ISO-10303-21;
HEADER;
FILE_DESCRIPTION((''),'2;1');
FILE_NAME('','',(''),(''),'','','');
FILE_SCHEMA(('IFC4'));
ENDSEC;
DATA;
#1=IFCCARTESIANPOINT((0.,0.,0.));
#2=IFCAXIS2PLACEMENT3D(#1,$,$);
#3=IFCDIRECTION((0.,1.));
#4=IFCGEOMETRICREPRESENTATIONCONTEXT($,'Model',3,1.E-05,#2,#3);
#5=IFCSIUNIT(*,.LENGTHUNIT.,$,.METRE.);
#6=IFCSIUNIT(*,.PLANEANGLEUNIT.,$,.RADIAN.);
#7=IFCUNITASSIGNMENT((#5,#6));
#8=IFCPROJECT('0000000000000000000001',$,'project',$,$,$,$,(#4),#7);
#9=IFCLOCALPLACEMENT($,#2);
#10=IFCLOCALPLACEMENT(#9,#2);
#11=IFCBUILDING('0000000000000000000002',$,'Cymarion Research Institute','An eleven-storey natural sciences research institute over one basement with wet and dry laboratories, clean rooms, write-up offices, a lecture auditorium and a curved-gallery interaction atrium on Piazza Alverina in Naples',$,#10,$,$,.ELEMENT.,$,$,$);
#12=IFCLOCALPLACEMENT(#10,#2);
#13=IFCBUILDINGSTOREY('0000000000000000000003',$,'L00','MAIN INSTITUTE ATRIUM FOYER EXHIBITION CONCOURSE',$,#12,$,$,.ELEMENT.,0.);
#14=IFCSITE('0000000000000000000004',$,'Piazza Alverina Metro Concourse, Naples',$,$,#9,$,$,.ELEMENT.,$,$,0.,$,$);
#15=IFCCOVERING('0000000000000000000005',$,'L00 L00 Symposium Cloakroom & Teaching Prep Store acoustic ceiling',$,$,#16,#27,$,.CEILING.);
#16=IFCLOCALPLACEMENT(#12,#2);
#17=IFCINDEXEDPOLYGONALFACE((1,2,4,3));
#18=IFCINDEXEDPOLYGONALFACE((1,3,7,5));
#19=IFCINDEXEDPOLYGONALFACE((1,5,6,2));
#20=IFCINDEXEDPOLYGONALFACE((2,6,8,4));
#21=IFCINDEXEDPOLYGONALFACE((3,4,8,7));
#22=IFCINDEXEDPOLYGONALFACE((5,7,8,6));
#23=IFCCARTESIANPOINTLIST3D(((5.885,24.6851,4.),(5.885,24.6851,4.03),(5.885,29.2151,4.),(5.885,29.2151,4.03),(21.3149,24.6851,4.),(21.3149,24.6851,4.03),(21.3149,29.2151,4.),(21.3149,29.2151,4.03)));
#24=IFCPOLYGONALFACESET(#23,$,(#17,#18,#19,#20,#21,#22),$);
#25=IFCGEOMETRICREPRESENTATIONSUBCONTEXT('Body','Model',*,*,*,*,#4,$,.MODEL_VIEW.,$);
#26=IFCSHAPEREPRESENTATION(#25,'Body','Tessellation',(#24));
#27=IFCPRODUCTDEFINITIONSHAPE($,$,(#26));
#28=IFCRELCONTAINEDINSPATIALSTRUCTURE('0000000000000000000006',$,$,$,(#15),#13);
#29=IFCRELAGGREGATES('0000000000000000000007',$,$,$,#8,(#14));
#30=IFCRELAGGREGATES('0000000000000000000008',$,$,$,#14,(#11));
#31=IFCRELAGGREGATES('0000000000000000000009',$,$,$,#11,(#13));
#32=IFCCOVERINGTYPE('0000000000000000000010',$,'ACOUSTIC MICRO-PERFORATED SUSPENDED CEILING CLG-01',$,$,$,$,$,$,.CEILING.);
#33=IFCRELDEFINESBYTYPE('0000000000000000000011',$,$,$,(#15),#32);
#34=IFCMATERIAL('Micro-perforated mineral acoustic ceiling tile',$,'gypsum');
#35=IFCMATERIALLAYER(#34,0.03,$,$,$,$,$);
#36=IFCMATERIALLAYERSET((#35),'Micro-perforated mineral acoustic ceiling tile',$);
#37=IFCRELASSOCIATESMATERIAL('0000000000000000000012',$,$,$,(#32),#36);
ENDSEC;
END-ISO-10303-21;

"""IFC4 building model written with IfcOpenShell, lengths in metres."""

from ifc_helpers import new_model, si_unit, direction, frame, origin, place, context, subcontext, project, spatial, polyline, outline, extrude, material, layer, layer_set, type_object, element, save


model = new_model("IFC4")

# Units and contexts
model_context = context("Model", 3, precision=1e-05, world=origin(), true_north=direction((0.0, 1.0)))
body_context = subcontext(model_context, "Body", "Model", "MODEL_VIEW")
ifc_project = project(units=[si_unit("LENGTHUNIT", "METRE"), si_unit("PLANEANGLEUNIT", "RADIAN")], contexts=[model_context])

# Site, building, storey
site_placement = place(None, origin())
site = spatial("IfcSite", under=ifc_project, at=site_placement, Name="Piazza Alverina Metro Concourse, Naples", CompositionType="ELEMENT", RefElevation=0.0)
building_placement = place(site_placement, origin())
building = spatial("IfcBuilding", under=site, at=building_placement, Name="Cymarion Research Institute", Description="An eleven-storey natural sciences research institute over one basement with wet and dry laboratories, clean rooms, write-up offices, a lecture auditorium and a curved-gallery interaction atrium on Piazza Alverina in Naples", CompositionType="ELEMENT")
storey_placement = place(building_placement, origin())
storey = spatial("IfcBuildingStorey", under=building, at=storey_placement, Name="L00", Description="MAIN INSTITUTE ATRIUM FOYER EXHIBITION CONCOURSE", CompositionType="ELEMENT", Elevation=0.0)

# Covering
ifc_material_1 = material(Name="Micro-perforated mineral acoustic ceiling tile", Category="gypsum")
ifc_layer_1 = layer(ifc_material_1, 0.03)
ifc_layer_set_1 = layer_set([ifc_layer_1], Name="Micro-perforated mineral acoustic ceiling tile")
covering_type = type_object("IfcCoveringType", Name="ACOUSTIC MICRO-PERFORATED SUSPENDED CEILING CLG-01", PredefinedType="CEILING", material=ifc_layer_set_1)
covering_1_placement = place(storey_placement, frame((0.0, 0.0, 4.0)))
element("IfcCovering", 1, at=covering_1_placement, inside=storey, type_object=covering_type, Name="L00 L00 Symposium Cloakroom & Teaching Prep Store acoustic ceiling", PredefinedType="CEILING", context=body_context, shape_type="SweptSolid", body=[
    extrude(outline(polyline([(21.3149, 29.2151), (21.3149, 24.6851), (5.885, 24.6851), (5.885, 29.2151), (21.3149, 29.2151)])), origin(), (0.0, 0.0, 1.0), 0.03),
])

save(model, "model.ifc")
